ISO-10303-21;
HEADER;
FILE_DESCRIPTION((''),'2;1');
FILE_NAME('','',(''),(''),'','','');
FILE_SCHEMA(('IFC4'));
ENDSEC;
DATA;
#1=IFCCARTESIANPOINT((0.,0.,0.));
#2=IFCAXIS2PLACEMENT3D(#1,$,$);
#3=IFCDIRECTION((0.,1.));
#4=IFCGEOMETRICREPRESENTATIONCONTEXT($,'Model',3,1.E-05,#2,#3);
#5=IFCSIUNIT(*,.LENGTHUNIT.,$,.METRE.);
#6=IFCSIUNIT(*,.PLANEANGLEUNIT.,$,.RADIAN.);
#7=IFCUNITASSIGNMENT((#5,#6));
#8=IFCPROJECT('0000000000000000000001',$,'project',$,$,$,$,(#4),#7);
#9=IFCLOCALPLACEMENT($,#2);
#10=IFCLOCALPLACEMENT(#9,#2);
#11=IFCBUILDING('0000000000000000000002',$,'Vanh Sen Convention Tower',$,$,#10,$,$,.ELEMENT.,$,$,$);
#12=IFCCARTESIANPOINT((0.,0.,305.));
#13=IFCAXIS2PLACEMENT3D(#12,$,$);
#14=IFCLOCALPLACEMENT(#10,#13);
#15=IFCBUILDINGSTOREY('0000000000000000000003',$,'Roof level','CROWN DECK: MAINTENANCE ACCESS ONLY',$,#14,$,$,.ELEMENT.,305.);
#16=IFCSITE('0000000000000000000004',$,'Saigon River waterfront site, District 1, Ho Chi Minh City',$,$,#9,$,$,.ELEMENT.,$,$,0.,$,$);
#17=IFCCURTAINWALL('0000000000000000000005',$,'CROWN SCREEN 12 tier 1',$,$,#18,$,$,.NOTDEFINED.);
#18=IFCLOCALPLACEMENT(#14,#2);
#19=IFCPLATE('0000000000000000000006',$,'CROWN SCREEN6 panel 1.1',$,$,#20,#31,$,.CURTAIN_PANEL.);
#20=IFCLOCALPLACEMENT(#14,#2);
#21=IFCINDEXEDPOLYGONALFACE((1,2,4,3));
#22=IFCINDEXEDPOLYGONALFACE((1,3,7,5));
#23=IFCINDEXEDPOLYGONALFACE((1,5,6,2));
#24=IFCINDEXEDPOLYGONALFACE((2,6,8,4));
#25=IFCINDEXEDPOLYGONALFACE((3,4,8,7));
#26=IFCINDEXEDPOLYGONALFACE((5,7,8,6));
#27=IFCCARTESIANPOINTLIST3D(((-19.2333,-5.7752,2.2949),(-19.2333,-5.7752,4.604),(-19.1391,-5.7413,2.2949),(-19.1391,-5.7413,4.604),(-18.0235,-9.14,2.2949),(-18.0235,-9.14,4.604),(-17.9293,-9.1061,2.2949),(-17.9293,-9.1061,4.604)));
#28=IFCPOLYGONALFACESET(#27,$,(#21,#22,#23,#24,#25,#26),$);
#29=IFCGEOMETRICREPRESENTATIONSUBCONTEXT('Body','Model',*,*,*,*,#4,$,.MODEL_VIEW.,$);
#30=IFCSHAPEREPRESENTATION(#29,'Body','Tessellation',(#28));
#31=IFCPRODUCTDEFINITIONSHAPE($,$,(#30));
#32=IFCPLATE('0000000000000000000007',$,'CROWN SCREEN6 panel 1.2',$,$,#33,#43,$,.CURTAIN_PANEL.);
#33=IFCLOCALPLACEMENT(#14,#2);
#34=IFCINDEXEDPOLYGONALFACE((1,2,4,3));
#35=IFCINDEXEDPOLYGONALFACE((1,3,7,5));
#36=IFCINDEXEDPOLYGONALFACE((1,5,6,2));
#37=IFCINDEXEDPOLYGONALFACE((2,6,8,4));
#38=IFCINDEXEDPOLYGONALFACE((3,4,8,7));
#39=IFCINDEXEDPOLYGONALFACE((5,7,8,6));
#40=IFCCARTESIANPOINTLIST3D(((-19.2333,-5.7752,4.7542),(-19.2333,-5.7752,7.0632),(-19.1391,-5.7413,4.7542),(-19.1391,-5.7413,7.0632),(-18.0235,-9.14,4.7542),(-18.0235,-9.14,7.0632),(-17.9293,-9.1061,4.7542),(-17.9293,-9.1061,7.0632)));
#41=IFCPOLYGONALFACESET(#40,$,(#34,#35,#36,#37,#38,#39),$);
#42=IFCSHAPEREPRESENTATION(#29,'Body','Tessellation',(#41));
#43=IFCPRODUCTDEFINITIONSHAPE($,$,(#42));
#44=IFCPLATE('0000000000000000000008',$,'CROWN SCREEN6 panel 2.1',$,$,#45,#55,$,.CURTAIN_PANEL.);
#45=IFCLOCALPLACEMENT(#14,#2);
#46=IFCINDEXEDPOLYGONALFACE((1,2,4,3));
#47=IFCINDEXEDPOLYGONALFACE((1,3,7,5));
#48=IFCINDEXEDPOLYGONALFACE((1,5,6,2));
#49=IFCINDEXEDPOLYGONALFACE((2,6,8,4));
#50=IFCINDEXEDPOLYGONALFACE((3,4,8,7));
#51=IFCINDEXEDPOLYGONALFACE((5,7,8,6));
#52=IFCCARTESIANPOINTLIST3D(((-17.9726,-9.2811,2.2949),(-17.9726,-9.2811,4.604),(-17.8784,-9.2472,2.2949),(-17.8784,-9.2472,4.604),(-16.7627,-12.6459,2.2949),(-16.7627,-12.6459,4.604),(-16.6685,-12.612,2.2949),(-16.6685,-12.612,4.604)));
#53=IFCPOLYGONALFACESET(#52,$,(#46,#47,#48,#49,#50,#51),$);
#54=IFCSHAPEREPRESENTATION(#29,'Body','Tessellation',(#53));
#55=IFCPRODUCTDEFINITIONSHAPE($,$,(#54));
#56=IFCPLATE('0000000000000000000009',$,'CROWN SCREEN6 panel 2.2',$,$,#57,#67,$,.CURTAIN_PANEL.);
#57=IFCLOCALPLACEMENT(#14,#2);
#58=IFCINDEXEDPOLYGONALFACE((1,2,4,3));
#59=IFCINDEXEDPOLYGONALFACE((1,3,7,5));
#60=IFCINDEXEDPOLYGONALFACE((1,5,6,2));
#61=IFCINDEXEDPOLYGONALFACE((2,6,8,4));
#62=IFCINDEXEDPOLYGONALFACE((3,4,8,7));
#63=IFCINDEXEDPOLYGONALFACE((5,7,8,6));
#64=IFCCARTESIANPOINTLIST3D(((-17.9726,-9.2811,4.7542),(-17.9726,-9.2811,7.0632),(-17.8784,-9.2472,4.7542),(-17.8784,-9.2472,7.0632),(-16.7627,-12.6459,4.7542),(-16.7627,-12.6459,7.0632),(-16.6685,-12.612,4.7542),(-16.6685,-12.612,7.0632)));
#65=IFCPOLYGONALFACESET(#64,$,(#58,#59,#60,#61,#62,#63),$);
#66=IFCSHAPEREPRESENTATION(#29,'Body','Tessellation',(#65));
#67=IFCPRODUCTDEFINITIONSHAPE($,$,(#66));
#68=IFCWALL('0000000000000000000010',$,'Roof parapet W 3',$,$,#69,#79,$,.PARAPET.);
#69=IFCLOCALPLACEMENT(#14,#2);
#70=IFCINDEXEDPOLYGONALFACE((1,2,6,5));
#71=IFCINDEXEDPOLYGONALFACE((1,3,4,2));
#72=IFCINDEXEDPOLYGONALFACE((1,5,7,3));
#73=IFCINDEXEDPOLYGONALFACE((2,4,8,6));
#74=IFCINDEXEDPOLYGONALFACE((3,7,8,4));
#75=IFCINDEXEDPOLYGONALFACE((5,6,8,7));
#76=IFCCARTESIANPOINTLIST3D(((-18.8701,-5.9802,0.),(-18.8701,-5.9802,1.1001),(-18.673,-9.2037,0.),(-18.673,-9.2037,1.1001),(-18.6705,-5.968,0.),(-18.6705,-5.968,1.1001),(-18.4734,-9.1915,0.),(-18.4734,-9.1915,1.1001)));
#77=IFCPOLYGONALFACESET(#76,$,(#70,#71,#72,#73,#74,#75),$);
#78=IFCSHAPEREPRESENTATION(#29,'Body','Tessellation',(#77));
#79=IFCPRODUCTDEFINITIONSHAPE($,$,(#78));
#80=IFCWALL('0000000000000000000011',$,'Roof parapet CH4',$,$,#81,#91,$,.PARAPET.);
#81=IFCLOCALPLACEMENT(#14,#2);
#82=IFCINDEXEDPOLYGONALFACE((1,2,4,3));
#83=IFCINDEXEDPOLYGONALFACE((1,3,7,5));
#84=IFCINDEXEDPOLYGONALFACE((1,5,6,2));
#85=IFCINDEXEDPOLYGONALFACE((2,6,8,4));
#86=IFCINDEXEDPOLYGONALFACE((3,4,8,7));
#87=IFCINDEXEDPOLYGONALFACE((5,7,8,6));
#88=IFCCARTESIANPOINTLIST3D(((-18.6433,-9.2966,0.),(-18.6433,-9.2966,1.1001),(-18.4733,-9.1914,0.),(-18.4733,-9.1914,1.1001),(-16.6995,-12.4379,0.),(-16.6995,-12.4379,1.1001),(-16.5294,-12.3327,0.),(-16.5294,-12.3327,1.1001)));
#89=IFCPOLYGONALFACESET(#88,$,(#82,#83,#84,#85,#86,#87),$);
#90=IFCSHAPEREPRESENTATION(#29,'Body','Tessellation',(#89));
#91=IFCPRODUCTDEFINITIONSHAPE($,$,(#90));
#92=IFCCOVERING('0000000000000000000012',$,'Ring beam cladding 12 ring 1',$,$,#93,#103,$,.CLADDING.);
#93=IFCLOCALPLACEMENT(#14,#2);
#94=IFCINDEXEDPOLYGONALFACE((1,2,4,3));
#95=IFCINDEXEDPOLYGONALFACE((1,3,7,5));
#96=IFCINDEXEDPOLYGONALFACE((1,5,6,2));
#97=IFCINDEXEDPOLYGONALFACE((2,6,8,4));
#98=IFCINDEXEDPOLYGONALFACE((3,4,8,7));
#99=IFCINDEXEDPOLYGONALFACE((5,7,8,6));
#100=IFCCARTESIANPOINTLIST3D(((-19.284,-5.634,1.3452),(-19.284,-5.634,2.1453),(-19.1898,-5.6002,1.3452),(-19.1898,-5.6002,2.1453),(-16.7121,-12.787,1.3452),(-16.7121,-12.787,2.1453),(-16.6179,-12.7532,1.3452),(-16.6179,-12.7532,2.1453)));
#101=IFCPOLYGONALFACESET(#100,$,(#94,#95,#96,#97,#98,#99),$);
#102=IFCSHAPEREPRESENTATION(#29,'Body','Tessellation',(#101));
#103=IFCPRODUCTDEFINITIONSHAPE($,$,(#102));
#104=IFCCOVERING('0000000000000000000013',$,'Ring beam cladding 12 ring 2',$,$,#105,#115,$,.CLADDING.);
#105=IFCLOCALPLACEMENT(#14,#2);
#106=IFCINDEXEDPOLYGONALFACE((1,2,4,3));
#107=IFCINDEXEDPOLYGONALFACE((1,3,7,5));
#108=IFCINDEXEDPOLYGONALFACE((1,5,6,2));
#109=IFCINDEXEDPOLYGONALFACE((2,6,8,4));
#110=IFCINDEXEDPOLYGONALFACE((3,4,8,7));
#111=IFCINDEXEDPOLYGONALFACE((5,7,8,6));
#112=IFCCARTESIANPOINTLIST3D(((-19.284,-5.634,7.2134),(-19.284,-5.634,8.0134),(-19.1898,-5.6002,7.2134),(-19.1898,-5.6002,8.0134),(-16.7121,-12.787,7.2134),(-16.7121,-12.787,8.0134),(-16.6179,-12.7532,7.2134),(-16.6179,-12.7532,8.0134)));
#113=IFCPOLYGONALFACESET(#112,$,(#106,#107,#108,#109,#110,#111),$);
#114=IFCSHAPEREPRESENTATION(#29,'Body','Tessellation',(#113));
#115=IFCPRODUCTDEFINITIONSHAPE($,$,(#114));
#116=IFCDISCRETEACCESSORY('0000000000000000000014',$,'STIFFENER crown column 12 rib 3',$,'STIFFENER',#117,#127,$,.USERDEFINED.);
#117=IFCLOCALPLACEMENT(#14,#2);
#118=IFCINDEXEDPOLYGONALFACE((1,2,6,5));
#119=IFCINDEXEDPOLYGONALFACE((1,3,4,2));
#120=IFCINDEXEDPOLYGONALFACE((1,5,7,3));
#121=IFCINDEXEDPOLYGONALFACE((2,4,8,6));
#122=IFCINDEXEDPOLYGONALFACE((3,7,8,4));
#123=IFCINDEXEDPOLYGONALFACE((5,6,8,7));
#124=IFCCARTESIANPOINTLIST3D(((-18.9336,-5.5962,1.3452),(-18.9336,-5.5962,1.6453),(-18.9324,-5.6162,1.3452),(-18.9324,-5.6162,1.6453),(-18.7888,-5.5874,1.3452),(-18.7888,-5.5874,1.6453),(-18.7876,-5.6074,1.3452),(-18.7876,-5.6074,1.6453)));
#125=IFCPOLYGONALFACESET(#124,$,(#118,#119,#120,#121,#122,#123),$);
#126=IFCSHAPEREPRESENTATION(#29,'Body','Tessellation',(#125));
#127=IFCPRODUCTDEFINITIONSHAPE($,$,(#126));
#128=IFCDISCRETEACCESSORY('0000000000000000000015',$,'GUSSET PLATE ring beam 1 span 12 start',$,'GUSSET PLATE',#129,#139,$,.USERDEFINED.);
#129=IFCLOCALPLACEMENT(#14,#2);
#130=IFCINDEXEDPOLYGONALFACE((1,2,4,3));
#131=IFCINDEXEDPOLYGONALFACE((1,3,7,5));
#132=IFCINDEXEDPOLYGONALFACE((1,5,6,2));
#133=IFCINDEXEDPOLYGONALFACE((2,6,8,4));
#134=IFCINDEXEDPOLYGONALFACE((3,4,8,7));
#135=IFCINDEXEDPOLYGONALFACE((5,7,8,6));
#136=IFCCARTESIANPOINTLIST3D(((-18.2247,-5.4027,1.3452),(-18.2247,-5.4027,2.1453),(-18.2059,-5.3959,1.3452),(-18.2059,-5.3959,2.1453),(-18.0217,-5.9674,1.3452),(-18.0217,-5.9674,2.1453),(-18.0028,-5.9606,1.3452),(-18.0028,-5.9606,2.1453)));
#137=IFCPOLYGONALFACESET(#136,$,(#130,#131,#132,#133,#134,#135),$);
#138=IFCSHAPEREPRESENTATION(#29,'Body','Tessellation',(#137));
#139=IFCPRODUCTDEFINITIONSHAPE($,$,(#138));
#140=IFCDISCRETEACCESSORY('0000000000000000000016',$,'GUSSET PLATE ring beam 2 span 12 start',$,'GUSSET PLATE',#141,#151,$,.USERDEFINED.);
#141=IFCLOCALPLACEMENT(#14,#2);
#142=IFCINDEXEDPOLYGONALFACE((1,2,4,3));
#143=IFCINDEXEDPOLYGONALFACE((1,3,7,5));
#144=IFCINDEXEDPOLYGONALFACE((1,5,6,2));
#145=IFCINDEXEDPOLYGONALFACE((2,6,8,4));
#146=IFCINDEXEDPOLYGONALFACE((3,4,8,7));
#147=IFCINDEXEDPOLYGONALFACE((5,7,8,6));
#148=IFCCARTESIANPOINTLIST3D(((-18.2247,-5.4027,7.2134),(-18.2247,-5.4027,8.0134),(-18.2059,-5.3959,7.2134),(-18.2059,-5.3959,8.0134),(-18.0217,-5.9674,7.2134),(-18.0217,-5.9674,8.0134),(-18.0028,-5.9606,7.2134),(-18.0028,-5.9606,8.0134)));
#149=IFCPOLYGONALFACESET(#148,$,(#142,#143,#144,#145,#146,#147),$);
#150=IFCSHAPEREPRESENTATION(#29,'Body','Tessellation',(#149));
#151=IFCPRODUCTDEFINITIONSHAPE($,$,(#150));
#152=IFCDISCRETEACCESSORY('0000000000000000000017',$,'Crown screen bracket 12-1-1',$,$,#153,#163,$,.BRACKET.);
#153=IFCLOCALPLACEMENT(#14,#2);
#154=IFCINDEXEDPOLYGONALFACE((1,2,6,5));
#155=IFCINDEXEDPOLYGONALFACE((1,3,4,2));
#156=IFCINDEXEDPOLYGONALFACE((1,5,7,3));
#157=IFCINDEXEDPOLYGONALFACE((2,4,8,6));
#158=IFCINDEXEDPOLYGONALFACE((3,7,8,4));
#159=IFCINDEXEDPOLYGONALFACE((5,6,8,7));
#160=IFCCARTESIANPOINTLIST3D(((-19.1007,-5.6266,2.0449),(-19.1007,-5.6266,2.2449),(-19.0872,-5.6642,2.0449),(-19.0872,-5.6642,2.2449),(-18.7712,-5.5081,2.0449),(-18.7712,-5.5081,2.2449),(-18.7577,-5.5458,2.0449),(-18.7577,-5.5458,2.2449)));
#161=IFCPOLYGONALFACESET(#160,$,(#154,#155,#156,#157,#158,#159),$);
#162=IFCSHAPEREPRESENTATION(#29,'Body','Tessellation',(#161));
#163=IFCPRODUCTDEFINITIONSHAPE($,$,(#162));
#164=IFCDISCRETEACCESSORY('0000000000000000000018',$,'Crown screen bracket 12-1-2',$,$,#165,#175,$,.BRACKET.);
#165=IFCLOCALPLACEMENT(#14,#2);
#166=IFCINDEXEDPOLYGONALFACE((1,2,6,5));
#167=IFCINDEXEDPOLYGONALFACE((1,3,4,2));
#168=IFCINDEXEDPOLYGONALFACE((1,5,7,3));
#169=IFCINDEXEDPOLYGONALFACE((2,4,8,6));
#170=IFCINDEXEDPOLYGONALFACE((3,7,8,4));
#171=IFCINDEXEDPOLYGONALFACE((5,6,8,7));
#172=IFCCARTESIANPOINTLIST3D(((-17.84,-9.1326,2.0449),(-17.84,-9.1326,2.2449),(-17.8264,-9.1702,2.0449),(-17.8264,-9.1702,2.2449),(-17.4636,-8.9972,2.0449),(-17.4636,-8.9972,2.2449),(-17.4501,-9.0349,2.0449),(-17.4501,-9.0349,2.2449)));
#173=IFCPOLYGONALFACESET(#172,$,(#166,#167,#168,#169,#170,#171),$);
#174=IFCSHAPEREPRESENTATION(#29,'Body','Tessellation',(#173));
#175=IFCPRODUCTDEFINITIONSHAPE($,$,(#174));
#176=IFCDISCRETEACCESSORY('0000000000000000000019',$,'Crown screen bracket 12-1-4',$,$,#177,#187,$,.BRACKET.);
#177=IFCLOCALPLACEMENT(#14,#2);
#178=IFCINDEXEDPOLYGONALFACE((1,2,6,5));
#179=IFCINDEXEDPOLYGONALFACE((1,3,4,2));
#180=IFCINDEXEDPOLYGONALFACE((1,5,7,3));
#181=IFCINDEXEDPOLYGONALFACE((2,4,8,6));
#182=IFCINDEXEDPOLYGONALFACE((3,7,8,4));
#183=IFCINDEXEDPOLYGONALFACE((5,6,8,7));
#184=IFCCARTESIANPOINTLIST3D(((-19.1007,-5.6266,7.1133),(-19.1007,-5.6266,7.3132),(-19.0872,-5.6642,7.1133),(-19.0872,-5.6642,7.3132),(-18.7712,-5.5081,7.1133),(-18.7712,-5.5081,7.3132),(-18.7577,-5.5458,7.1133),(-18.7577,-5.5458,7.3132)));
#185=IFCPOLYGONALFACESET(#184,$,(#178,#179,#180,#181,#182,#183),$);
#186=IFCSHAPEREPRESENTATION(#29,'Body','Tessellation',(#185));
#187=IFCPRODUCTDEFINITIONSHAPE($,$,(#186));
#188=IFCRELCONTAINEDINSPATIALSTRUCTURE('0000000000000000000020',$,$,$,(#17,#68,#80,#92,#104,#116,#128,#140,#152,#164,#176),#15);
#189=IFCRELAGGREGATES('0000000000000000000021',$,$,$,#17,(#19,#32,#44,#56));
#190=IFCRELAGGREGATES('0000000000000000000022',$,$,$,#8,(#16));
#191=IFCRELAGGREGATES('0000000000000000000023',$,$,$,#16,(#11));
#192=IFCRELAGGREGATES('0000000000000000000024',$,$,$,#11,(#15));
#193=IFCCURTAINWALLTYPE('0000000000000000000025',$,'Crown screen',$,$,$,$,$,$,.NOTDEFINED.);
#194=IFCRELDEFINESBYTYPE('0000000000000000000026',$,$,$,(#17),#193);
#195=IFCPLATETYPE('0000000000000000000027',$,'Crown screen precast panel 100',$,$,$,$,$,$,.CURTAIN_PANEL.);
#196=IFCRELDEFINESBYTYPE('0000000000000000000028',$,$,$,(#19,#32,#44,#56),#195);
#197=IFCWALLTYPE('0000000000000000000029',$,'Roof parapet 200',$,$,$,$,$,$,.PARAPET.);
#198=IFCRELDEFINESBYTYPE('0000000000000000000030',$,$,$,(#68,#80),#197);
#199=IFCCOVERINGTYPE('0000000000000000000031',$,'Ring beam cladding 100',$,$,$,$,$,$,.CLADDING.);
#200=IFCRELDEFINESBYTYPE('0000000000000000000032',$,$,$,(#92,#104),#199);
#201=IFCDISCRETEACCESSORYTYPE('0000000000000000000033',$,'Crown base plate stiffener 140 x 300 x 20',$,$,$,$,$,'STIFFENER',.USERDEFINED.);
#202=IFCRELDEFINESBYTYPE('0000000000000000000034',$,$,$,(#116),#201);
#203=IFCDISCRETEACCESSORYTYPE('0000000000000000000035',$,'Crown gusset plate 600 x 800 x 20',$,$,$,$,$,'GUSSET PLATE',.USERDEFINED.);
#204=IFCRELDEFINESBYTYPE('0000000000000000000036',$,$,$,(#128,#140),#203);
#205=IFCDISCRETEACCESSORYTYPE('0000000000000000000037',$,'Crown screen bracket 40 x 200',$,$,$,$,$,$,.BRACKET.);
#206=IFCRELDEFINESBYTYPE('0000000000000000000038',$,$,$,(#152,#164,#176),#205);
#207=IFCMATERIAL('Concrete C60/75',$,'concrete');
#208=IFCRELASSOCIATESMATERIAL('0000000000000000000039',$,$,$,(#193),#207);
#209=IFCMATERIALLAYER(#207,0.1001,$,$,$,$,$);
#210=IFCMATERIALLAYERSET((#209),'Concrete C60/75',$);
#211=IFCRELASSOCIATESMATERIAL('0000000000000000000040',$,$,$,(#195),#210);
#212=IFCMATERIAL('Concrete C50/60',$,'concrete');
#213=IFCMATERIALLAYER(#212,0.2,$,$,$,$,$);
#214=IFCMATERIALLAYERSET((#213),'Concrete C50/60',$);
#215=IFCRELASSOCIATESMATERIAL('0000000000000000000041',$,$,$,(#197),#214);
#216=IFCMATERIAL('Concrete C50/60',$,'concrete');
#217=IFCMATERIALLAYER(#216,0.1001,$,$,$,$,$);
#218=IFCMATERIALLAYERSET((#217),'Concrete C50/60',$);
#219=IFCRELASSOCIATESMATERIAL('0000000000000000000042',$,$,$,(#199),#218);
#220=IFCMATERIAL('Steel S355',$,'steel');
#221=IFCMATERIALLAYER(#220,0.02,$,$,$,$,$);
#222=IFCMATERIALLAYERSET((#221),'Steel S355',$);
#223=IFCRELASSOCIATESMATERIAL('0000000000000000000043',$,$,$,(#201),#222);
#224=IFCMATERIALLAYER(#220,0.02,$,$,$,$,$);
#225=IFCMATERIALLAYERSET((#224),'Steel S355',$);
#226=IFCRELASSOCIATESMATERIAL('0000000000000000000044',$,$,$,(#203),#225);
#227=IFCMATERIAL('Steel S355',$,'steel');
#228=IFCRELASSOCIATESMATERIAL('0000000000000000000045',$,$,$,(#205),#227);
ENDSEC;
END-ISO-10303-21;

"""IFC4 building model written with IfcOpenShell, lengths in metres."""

from ifc_helpers import new_model, si_unit, direction, frame, frame_2d, origin, origin_2d, place, context, subcontext, project, spatial, rectangle, extrude, material, layer, layer_set, type_object, element, aggregate, save


model = new_model("IFC4")

# Units and contexts
model_context = context("Model", 3, precision=1e-05, world=origin(), true_north=direction((0.0, 1.0)))
body_context = subcontext(model_context, "Body", "Model", "MODEL_VIEW")
ifc_project = project(units=[si_unit("LENGTHUNIT", "METRE"), si_unit("PLANEANGLEUNIT", "RADIAN")], contexts=[model_context])

# Site, building, storey
site_placement = place(None, origin())
site = spatial("IfcSite", under=ifc_project, at=site_placement, Name="Saigon River waterfront site, District 1, Ho Chi Minh City", CompositionType="ELEMENT", RefElevation=0.0)
building_placement = place(site_placement, origin())
building = spatial("IfcBuilding", under=site, at=building_placement, Name="Vanh Sen Convention Tower", CompositionType="ELEMENT")
storey_placement = place(building_placement, frame((0.0, 0.0, 305.0)))
storey = spatial("IfcBuildingStorey", under=building, at=storey_placement, Name="Roof level", Description="CROWN DECK: MAINTENANCE ACCESS ONLY", CompositionType="ELEMENT", Elevation=305.0)

# Curtain wall
ifc_material_1 = material(Name="Concrete C60/75", Category="concrete")
curtain_wall_type = type_object("IfcCurtainWallType", Name="Crown screen", PredefinedType="NOTDEFINED", material=ifc_material_1)
curtain_wall_placement = place(storey_placement, origin())
curtain_wall = element("IfcCurtainWall", 1, at=curtain_wall_placement, inside=storey, type_object=curtain_wall_type, Name="CROWN SCREEN 12 tier 1", PredefinedType="NOTDEFINED")

# Plates
ifc_layer_1 = layer(ifc_material_1, 0.1001)
ifc_layer_set_1 = layer_set([ifc_layer_1], Name="Concrete C60/75")
plate_type = type_object("IfcPlateType", Name="Crown screen precast panel 100", PredefinedType="CURTAIN_PANEL", material=ifc_layer_set_1)
plate_1_placement = place(storey_placement, frame((-18.5813, -7.4407, 2.2949), z_axis=(0.0, 0.0, 1.0), x_axis=(0.338349, -0.941021, 0.0)))
plate_1 = element("IfcPlate", 2, at=plate_1_placement, type_object=plate_type, Name="CROWN SCREEN6 panel 1.1", PredefinedType="CURTAIN_PANEL", context=body_context, shape_type="SweptSolid", body=[
    extrude(rectangle(XDim=3.5757, YDim=0.1001, at=origin_2d()), origin(), (0.0, 0.0, 1.0), 2.3091),
])
plate_2_placement = place(storey_placement, frame((-18.5813, -7.4407, 4.7542), z_axis=(0.0, 0.0, 1.0), x_axis=(0.338349, -0.941021, 0.0)))
plate_2 = element("IfcPlate", 3, at=plate_2_placement, type_object=plate_type, Name="CROWN SCREEN6 panel 1.2", PredefinedType="CURTAIN_PANEL", context=body_context, shape_type="SweptSolid", body=[
    extrude(rectangle(XDim=3.5757, YDim=0.1001, at=origin_2d()), origin(), (0.0, 0.0, 1.0), 2.3091),
])
plate_3_placement = place(storey_placement, frame((-17.3206, -10.9465, 2.2949), z_axis=(0.0, 0.0, 1.0), x_axis=(0.338349, -0.941021, 0.0)))
plate_3 = element("IfcPlate", 4, at=plate_3_placement, type_object=plate_type, Name="CROWN SCREEN6 panel 2.1", PredefinedType="CURTAIN_PANEL", context=body_context, shape_type="SweptSolid", body=[
    extrude(rectangle(XDim=3.5757, YDim=0.1001, at=origin_2d()), origin(), (0.0, 0.0, 1.0), 2.3091),
])
plate_4_placement = place(storey_placement, frame((-17.3206, -10.9465, 4.7542), z_axis=(0.0, 0.0, 1.0), x_axis=(0.338349, -0.941021, 0.0)))
plate_4 = element("IfcPlate", 5, at=plate_4_placement, type_object=plate_type, Name="CROWN SCREEN6 panel 2.2", PredefinedType="CURTAIN_PANEL", context=body_context, shape_type="SweptSolid", body=[
    extrude(rectangle(XDim=3.5757, YDim=0.1001, at=origin_2d()), origin(), (0.0, 0.0, 1.0), 2.3091),
])
aggregate(curtain_wall, [plate_1, plate_2, plate_3, plate_4])

# Walls
ifc_material_2 = material(Name="Concrete C50/60", Category="concrete")
ifc_layer_2 = layer(ifc_material_2, 0.2)
ifc_layer_set_2 = layer_set([ifc_layer_2], Name="Concrete C50/60")
wall_type = type_object("IfcWallType", Name="Roof parapet 200", PredefinedType="PARAPET", material=ifc_layer_set_2)
wall_1_placement = place(storey_placement, frame((-18.7703, -5.9741, 0.0), z_axis=(0.0, 0.0, 1.0), x_axis=(0.061009, -0.998137, 0.0)))
element("IfcWall", 6, at=wall_1_placement, inside=storey, type_object=wall_type, Name="Roof parapet W 3", PredefinedType="PARAPET", context=body_context, shape_type="SweptSolid", body=[
    extrude(rectangle(XDim=3.2295, YDim=0.2, at=frame_2d((1.6147, 0.0))), origin(), (0.0, 0.0, 1.0), 1.1001),
])
wall_2_placement = place(storey_placement, frame((-18.5583, -9.2439, 0.0), z_axis=(0.0, 0.0, 1.0), x_axis=(0.526198, -0.850362, 0.0)))
element("IfcWall", 7, at=wall_2_placement, inside=storey, type_object=wall_type, Name="Roof parapet CH4", PredefinedType="PARAPET", context=body_context, shape_type="SweptSolid", body=[
    extrude(rectangle(XDim=3.6941, YDim=0.2, at=frame_2d((1.8472, 0.0))), origin(), (0.0, 0.0, 1.0), 1.1001),
])

# Coverings
ifc_material_3 = material(Name="Concrete C50/60", Category="concrete")
ifc_layer_3 = layer(ifc_material_3, 0.1001)
ifc_layer_set_3 = layer_set([ifc_layer_3], Name="Concrete C50/60")
covering_type = type_object("IfcCoveringType", Name="Ring beam cladding 100", PredefinedType="CLADDING", material=ifc_layer_set_3)
for number, where, z_axis, x_axis, name in (
    (8, (-17.9509, -9.1936, 1.3452), (0.0, 0.0, 1.0), (0.338349, -0.941021, 0.0), "Ring beam cladding 12 ring 1"),
    (9, (-17.9509, -9.1936, 7.2134), (0.0, 0.0, 1.0), (0.338349, -0.941021, 0.0), "Ring beam cladding 12 ring 2"),
):
    element("IfcCovering", number, at=place(storey_placement, frame(where, z_axis=z_axis, x_axis=x_axis)), inside=storey, type_object=covering_type, Name=name, PredefinedType="CLADDING", context=body_context, shape_type="SweptSolid", body=[
        extrude(rectangle(XDim=7.6013, YDim=0.1001, at=origin_2d()), origin(), (0.0, 0.0, 1.0), 0.8),
    ])

# Discrete accessories
ifc_material_4 = material(Name="Steel S355", Category="steel")
ifc_layer_4 = layer(ifc_material_4, 0.02)
ifc_layer_set_4 = layer_set([ifc_layer_4], Name="Steel S355")
discrete_accessory_type_1 = type_object("IfcDiscreteAccessoryType", Name="Crown base plate stiffener 140 x 300 x 20", ElementType="STIFFENER", PredefinedType="USERDEFINED", material=ifc_layer_set_4)
discrete_accessory_1_placement = place(storey_placement, frame((-18.8606, -5.6018, 1.3452), z_axis=(0.0, 0.0, 1.0), x_axis=(0.998135, 0.061049, 0.0)))
element("IfcDiscreteAccessory", 10, at=discrete_accessory_1_placement, inside=storey, type_object=discrete_accessory_type_1, Name="STIFFENER crown column 12 rib 3", ObjectType="STIFFENER", PredefinedType="USERDEFINED", context=body_context, shape_type="SweptSolid", body=[
    extrude(rectangle(XDim=0.145, YDim=0.02, at=origin_2d()), origin(), (0.0, 0.0, 1.0), 0.3),
])
ifc_layer_5 = layer(ifc_material_4, 0.02)
ifc_layer_set_5 = layer_set([ifc_layer_5], Name="Steel S355")
discrete_accessory_type_2 = type_object("IfcDiscreteAccessoryType", Name="Crown gusset plate 600 x 800 x 20", ElementType="GUSSET PLATE", PredefinedType="USERDEFINED", material=ifc_layer_set_5)
for number, where, z_axis, x_axis, name in (
    (11, (-18.1138, -5.6816, 1.3452), (0.0, 0.0, 1.0), (0.338349, -0.941021, 0.0), "GUSSET PLATE ring beam 1 span 12 start"),
    (12, (-18.1138, -5.6816, 7.2134), (0.0, 0.0, 1.0), (0.338349, -0.941021, 0.0), "GUSSET PLATE ring beam 2 span 12 start"),
):
    element("IfcDiscreteAccessory", number, at=place(storey_placement, frame(where, z_axis=z_axis, x_axis=x_axis)), inside=storey, type_object=discrete_accessory_type_2, Name=name, ObjectType="GUSSET PLATE", PredefinedType="USERDEFINED", context=body_context, shape_type="SweptSolid", body=[
        extrude(rectangle(XDim=0.6001, YDim=0.02, at=origin_2d()), origin(), (0.0, 0.0, 1.0), 0.8),
    ])
ifc_material_5 = material(Name="Steel S355", Category="steel")
discrete_accessory_type_3 = type_object("IfcDiscreteAccessoryType", Name="Crown screen bracket 40 x 200", PredefinedType="BRACKET", material=ifc_material_5)
discrete_accessory_2_placement = place(storey_placement, frame((-18.9292, -5.5862, 2.0449), z_axis=(0.0, 0.0, 1.0), x_axis=(-0.941021, -0.338349, 0.0)))
element("IfcDiscreteAccessory", 13, at=discrete_accessory_2_placement, inside=storey, type_object=discrete_accessory_type_3, Name="Crown screen bracket 12-1-1", PredefinedType="BRACKET", context=body_context, shape_type="SweptSolid", body=[
    extrude(rectangle(XDim=0.3501, YDim=0.04, at=origin_2d()), origin(), (0.0, 0.0, 1.0), 0.2),
])
discrete_accessory_3_placement = place(storey_placement, frame((-17.645, -9.0837, 2.0449), z_axis=(0.0, 0.0, 1.0), x_axis=(-0.941021, -0.338349, 0.0)))
element("IfcDiscreteAccessory", 14, at=discrete_accessory_3_placement, inside=storey, type_object=discrete_accessory_type_3, Name="Crown screen bracket 12-1-2", PredefinedType="BRACKET", context=body_context, shape_type="SweptSolid", body=[
    extrude(rectangle(XDim=0.3999, YDim=0.04, at=origin_2d()), origin(), (0.0, 0.0, 1.0), 0.2),
])
discrete_accessory_4_placement = place(storey_placement, frame((-18.9292, -5.5862, 7.1133), z_axis=(0.0, 0.0, 1.0), x_axis=(-0.941021, -0.338349, 0.0)))
element("IfcDiscreteAccessory", 15, at=discrete_accessory_4_placement, inside=storey, type_object=discrete_accessory_type_3, Name="Crown screen bracket 12-1-4", PredefinedType="BRACKET", context=body_context, shape_type="SweptSolid", body=[
    extrude(rectangle(XDim=0.3501, YDim=0.04, at=origin_2d()), origin(), (0.0, 0.0, 1.0), 0.2),
])

save(model, "model.ifc")
